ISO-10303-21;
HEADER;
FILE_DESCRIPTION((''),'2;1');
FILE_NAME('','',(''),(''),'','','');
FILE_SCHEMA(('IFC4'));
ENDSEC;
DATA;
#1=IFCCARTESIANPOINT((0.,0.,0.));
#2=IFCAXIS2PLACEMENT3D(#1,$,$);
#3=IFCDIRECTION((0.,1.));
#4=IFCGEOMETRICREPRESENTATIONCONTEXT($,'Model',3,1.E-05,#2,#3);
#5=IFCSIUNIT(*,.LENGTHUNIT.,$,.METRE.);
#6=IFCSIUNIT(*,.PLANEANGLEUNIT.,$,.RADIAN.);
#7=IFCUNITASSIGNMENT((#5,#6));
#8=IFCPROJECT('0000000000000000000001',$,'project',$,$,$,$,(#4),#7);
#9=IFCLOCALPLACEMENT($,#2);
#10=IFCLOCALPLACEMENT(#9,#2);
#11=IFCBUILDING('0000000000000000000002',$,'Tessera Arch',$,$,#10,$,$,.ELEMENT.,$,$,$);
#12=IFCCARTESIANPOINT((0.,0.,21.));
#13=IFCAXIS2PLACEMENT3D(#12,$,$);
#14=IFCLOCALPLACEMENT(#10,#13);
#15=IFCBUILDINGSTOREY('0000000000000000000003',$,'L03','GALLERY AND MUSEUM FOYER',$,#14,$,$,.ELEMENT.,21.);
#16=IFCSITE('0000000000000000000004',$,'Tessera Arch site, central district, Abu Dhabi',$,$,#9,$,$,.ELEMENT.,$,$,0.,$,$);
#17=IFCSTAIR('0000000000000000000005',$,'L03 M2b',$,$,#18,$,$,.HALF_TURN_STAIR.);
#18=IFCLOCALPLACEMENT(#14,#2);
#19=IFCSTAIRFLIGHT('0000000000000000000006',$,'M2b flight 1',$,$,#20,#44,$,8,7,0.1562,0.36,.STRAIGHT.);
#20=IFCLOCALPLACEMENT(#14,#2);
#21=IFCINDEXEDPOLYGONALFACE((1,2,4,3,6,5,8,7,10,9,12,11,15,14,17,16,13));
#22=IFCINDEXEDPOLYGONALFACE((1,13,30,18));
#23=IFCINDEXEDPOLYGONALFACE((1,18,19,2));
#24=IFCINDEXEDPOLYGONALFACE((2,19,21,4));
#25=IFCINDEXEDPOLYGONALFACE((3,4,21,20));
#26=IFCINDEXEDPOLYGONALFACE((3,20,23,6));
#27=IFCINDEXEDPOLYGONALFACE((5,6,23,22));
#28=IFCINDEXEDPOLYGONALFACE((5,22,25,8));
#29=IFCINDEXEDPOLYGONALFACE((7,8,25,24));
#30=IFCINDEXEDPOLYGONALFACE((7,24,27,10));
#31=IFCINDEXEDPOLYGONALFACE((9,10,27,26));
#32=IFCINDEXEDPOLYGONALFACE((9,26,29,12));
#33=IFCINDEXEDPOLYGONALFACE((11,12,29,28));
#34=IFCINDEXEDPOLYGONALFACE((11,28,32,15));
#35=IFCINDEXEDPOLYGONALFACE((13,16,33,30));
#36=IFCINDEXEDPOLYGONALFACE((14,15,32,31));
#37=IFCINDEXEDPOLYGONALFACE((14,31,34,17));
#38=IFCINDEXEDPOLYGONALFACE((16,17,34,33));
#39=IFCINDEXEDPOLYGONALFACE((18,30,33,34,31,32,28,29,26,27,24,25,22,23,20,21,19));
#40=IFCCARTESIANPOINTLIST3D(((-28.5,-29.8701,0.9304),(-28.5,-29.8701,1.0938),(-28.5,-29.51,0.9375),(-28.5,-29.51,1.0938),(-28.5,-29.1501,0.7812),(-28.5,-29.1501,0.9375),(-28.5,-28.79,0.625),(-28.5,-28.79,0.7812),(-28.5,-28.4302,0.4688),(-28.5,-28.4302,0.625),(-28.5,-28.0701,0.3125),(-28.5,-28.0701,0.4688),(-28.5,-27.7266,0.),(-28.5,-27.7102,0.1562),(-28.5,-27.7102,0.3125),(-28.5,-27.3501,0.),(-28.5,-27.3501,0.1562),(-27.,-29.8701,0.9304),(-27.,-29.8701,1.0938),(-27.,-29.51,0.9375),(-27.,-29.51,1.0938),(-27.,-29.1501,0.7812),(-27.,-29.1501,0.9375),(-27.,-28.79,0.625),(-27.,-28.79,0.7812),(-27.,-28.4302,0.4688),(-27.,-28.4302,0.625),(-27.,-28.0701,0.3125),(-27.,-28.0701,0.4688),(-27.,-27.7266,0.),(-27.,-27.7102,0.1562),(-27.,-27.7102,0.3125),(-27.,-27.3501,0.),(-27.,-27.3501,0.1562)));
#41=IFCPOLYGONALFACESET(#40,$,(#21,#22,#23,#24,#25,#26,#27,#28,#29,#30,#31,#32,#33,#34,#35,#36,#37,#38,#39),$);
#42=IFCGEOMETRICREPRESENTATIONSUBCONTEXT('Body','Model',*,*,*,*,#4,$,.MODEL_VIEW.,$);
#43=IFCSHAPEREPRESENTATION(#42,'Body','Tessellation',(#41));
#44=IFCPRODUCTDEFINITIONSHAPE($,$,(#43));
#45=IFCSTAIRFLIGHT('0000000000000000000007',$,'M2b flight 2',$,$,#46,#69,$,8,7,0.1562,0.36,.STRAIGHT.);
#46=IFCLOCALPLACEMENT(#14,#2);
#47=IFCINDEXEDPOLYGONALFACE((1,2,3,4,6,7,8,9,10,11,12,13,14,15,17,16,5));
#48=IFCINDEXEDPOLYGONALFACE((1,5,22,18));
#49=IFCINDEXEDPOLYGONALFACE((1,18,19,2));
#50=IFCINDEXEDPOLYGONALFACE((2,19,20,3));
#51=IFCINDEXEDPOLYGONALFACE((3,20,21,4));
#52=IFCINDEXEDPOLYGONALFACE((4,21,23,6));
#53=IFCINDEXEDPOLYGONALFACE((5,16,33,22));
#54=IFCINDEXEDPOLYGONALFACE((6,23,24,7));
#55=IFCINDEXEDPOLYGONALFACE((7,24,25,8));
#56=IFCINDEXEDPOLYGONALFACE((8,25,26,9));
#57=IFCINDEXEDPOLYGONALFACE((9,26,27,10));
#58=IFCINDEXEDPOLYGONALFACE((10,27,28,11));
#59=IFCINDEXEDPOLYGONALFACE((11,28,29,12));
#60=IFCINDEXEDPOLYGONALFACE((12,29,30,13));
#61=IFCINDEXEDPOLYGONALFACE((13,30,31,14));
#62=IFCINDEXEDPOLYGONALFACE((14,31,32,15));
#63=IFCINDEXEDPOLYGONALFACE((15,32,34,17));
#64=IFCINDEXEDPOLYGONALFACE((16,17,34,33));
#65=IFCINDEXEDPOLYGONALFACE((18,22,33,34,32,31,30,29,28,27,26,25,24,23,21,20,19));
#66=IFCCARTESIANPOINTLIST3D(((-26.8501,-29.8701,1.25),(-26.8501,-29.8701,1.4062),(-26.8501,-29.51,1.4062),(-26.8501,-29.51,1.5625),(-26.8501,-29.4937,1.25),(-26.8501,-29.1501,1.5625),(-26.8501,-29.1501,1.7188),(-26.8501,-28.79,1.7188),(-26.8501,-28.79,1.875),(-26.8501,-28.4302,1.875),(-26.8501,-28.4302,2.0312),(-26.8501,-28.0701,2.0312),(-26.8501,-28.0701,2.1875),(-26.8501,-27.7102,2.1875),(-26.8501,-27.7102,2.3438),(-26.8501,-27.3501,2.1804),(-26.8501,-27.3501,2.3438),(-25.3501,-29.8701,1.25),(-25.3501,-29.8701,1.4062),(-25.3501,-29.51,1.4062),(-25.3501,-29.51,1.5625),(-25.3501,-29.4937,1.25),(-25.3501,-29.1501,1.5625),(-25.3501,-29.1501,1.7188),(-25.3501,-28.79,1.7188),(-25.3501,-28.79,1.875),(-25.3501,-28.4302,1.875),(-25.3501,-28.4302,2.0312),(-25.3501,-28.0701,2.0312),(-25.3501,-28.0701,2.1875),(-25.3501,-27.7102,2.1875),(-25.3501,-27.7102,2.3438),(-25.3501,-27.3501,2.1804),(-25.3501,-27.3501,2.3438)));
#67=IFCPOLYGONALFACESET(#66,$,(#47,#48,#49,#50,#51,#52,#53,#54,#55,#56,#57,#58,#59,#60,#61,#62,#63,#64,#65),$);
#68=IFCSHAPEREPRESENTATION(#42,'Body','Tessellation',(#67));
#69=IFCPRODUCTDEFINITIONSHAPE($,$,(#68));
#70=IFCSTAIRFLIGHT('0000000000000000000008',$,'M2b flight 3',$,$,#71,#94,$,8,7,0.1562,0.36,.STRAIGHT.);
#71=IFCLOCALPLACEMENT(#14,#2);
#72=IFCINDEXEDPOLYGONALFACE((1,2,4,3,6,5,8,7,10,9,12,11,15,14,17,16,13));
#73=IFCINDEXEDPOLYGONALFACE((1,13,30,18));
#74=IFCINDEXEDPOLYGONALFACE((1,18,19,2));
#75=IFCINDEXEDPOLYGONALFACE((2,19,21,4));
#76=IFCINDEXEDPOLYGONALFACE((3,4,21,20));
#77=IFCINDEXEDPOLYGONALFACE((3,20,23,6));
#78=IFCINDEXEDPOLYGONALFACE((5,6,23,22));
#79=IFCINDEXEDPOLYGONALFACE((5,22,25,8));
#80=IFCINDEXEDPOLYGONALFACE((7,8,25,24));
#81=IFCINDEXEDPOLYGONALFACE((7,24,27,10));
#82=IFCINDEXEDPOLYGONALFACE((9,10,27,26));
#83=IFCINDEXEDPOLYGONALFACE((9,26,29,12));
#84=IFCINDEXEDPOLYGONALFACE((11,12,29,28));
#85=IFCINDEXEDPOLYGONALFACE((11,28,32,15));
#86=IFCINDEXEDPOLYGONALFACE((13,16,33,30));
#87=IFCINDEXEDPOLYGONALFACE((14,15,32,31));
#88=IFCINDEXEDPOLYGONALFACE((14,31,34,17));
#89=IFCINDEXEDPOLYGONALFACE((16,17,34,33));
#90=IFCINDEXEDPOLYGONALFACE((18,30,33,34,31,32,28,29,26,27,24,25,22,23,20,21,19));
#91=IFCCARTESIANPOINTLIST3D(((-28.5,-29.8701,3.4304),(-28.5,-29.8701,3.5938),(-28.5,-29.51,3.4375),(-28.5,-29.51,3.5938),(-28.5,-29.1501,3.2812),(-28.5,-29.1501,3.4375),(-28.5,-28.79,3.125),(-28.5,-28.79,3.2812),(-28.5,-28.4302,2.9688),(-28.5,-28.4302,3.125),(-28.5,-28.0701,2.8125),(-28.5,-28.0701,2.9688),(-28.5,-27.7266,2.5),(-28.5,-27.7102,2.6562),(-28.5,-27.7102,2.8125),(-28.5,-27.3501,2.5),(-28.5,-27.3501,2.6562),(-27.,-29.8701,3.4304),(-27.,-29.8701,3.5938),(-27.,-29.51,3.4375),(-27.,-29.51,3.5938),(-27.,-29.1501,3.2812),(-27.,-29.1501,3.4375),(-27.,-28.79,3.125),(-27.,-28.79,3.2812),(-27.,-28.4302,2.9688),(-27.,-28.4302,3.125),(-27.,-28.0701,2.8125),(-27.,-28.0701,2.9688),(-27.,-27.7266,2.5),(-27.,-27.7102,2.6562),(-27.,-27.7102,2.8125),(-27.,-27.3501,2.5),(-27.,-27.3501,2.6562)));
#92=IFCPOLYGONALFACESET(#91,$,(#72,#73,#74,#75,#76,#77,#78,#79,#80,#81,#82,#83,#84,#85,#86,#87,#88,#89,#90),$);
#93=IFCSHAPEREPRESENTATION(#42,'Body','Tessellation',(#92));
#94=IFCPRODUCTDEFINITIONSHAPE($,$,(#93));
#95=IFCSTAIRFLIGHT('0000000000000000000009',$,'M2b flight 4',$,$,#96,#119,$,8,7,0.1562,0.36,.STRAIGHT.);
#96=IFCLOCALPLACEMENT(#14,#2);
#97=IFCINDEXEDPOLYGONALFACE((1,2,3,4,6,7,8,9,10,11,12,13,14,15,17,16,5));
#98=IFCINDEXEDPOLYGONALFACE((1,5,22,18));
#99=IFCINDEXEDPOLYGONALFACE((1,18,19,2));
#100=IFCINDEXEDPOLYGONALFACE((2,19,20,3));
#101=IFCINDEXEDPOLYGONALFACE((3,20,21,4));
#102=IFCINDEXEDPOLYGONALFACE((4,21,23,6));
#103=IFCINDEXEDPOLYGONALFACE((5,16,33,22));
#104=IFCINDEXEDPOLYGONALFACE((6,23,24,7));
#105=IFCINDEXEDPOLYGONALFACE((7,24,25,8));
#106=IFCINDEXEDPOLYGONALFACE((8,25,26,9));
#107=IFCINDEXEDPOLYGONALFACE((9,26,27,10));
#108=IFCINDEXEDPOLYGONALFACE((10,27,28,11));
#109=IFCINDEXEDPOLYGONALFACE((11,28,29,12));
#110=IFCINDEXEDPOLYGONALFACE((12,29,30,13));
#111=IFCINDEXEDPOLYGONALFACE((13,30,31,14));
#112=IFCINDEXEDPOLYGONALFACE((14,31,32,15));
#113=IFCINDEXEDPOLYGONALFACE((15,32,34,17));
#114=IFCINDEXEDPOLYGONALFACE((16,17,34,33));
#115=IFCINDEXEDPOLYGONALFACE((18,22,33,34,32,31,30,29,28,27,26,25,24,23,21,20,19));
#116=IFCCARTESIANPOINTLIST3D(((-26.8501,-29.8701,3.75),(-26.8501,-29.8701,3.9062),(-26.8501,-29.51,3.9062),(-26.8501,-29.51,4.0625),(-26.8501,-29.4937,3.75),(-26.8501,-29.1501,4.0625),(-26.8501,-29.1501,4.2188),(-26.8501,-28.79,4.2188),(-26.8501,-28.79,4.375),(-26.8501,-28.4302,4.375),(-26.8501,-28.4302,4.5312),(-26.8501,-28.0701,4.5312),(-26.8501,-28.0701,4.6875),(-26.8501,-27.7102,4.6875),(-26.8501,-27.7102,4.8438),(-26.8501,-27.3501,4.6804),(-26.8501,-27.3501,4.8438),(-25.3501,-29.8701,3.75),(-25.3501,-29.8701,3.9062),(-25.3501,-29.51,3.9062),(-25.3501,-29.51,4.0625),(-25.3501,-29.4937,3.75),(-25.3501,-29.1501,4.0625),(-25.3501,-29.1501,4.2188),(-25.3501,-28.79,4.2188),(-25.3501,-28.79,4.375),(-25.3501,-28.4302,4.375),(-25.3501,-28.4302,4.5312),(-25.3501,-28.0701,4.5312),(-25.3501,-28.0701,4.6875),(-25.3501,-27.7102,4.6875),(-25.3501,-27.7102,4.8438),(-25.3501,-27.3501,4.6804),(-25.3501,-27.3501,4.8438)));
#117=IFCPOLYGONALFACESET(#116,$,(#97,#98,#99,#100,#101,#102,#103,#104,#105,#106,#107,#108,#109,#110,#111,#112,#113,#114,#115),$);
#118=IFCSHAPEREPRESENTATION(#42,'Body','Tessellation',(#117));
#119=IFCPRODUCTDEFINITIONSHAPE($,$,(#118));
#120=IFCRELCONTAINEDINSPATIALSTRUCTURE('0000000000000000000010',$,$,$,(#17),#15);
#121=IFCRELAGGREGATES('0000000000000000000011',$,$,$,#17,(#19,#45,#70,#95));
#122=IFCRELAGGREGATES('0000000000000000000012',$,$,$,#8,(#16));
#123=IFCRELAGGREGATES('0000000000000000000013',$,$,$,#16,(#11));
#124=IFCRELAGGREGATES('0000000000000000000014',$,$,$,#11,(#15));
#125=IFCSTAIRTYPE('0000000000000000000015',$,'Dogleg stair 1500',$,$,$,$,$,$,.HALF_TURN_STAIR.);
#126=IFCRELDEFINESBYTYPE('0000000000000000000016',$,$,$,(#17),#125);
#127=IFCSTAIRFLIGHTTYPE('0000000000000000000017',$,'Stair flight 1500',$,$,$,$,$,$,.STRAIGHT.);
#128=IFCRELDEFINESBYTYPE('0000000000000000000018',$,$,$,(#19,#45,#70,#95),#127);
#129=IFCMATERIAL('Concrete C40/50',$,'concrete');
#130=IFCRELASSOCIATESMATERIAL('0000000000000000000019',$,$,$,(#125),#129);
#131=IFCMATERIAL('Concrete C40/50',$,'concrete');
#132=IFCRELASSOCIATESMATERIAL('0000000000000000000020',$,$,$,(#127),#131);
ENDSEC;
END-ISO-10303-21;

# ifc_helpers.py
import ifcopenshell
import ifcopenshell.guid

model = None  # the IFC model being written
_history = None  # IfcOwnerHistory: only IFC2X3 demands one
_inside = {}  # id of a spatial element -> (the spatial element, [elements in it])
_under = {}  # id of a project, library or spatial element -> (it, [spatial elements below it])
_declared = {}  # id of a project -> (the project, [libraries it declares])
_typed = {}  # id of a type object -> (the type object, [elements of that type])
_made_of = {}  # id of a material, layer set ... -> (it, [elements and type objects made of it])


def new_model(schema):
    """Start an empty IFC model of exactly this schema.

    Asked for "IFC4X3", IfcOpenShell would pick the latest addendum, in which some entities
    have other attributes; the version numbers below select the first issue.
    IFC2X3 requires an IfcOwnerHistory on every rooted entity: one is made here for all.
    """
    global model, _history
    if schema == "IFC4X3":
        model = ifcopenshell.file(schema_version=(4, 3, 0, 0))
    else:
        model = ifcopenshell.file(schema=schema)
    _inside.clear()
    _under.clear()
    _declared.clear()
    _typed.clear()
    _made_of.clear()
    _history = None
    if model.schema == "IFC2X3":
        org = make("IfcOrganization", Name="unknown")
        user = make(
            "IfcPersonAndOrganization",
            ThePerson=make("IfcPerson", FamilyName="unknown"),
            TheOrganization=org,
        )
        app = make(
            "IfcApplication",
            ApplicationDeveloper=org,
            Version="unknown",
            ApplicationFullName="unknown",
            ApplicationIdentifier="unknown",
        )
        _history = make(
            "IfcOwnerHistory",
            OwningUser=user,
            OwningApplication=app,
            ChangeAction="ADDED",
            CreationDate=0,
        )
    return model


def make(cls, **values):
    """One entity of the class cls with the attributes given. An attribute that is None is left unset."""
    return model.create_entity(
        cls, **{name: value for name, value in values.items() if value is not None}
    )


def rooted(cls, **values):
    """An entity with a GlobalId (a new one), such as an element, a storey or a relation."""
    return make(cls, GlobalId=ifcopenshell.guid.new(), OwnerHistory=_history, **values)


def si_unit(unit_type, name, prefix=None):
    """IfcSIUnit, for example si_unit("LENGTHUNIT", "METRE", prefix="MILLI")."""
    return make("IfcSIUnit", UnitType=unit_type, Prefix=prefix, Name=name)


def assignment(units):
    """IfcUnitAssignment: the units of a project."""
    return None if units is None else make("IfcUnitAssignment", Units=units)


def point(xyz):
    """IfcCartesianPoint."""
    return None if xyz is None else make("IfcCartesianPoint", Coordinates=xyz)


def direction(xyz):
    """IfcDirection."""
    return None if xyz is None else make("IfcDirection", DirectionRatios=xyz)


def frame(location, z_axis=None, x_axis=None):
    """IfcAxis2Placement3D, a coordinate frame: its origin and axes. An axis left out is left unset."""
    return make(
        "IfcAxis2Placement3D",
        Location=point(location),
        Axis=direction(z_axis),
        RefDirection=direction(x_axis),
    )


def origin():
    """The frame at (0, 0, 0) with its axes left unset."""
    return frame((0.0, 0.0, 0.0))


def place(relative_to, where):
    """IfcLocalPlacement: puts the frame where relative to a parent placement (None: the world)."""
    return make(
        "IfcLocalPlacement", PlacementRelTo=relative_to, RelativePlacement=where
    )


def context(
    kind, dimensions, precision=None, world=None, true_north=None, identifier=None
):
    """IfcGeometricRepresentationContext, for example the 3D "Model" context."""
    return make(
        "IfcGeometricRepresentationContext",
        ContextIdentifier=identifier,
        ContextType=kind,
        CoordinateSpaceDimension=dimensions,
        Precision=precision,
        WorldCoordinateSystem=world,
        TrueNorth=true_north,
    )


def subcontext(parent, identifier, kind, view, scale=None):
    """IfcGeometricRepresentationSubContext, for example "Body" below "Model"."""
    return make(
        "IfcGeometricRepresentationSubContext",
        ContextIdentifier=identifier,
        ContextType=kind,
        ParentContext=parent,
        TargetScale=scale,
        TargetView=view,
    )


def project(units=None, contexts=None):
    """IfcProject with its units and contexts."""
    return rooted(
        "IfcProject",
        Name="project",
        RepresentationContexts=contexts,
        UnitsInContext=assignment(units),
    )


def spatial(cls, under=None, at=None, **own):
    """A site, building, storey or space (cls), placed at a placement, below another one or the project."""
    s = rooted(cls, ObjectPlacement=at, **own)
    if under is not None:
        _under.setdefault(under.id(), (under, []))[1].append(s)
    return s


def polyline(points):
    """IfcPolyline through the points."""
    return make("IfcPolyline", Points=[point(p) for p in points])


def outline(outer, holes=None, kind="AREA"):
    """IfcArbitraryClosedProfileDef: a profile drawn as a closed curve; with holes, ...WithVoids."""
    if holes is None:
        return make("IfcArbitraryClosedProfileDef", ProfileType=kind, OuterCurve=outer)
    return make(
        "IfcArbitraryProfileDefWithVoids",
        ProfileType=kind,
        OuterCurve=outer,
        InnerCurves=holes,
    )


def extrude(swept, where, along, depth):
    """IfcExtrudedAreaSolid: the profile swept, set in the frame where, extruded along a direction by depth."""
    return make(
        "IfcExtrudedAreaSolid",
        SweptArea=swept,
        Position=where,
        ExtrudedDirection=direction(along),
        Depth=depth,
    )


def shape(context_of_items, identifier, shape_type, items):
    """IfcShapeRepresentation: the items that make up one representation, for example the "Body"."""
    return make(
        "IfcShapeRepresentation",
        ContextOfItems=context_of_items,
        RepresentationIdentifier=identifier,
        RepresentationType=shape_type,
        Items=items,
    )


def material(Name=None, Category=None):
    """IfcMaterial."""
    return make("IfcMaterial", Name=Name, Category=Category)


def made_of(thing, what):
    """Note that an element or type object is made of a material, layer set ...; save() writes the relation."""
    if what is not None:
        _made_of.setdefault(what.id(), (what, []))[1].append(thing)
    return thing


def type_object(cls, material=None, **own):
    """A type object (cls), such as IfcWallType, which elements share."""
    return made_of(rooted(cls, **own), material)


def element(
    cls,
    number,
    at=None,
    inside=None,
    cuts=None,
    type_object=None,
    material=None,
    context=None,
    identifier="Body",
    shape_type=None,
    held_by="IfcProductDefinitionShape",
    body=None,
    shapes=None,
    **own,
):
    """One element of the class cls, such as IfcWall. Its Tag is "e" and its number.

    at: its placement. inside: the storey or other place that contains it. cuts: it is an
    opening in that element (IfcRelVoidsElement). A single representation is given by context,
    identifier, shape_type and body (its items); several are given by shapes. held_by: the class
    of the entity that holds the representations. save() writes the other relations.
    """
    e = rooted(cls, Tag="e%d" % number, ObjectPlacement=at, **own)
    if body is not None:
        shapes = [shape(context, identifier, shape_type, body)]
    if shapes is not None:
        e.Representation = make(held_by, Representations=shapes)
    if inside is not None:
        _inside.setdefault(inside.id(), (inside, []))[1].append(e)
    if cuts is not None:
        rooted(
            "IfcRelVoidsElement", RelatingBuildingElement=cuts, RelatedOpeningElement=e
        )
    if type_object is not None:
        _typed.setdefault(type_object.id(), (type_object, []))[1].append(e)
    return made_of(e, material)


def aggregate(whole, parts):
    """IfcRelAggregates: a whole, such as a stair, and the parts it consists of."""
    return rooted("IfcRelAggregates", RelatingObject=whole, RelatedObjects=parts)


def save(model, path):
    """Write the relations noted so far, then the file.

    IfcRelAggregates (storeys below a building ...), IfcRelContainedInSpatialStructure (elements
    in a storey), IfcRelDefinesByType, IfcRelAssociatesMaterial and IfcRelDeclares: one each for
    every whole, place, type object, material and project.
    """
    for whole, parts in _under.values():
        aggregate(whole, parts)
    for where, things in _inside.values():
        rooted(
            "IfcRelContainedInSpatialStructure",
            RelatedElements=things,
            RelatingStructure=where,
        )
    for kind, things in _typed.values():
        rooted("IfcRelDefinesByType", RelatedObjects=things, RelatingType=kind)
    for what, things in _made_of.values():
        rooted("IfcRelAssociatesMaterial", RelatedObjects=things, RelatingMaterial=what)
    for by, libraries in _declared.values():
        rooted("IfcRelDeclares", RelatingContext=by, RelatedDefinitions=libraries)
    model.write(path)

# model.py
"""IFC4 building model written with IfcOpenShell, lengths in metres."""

from ifc_helpers import new_model, si_unit, direction, frame, origin, place, context, subcontext, project, spatial, polyline, outline, extrude, material, type_object, element, aggregate, save


model = new_model("IFC4")

# Units and contexts
model_context = context("Model", 3, precision=1e-05, world=origin(), true_north=direction((0.0, 1.0)))
body_context = subcontext(model_context, "Body", "Model", "MODEL_VIEW")
ifc_project = project(units=[si_unit("LENGTHUNIT", "METRE"), si_unit("PLANEANGLEUNIT", "RADIAN")], contexts=[model_context])

# Site, building, storey
site_placement = place(None, origin())
site = spatial("IfcSite", under=ifc_project, at=site_placement, Name="Tessera Arch site, central district, Abu Dhabi", CompositionType="ELEMENT", RefElevation=0.0)
building_placement = place(site_placement, origin())
building = spatial("IfcBuilding", under=site, at=building_placement, Name="Tessera Arch", CompositionType="ELEMENT")
storey_placement = place(building_placement, frame((0.0, 0.0, 21.0)))
storey = spatial("IfcBuildingStorey", under=building, at=storey_placement, Name="L03", Description="GALLERY AND MUSEUM FOYER", CompositionType="ELEMENT", Elevation=21.0)

# Stair, stair flights
ifc_material_1 = material(Name="Concrete C40/50", Category="concrete")
stair_type = type_object("IfcStairType", Name="Dogleg stair 1500", PredefinedType="HALF_TURN_STAIR", material=ifc_material_1)
ifc_material_2 = material(Name="Concrete C40/50", Category="concrete")
stair_flight_type = type_object("IfcStairFlightType", Name="Stair flight 1500", PredefinedType="STRAIGHT", material=ifc_material_2)
stair_1_placement = place(storey_placement, origin())
stair_1 = element("IfcStair", 1, at=stair_1_placement, inside=storey, type_object=stair_type, Name="L03 M2b", PredefinedType="HALF_TURN_STAIR")
stair_flight_1_placement = place(storey_placement, frame((-27.75, -27.3501, 0.0), z_axis=(0.0, 0.0, 1.0), x_axis=(0.0, -1.0, 0.0)))
stair_flight_1 = element("IfcStairFlight", 2, at=stair_flight_1_placement, type_object=stair_flight_type, Name="M2b flight 1", NumberOfRisers=8, NumberOfTreads=7, PredefinedType="STRAIGHT", RiserHeight=0.1562, TreadLength=0.36, context=body_context, shape_type="SweptSolid", body=[
    extrude(outline(polyline([(0.0, 0.0), (0.0, 0.1562), (0.3601, 0.1562), (0.3601, 0.3125), (0.72, 0.3125), (0.72, 0.4688), (1.0801, 0.4688), (1.0801, 0.625), (1.4399, 0.625), (1.4399, 0.7812), (1.8, 0.7812), (1.8, 0.9375), (2.1599, 0.9375), (2.1599, 1.0938), (2.52, 1.0938), (2.52, 1.25), (2.52, 0.9304), (0.3765, 0.0), (0.0, 0.0)])), frame((0.0, 0.75, 0.0), z_axis=(0.0, -1.0, 0.0), x_axis=(1.0, 0.0, 0.0)), (0.0, 0.0, 1.0), 1.5),
])
stair_flight_2_placement = place(storey_placement, frame((-26.1001, -29.8701, 1.25), z_axis=(0.0, 0.0, 1.0), x_axis=(0.0, 1.0, 0.0)))
stair_flight_2 = element("IfcStairFlight", 3, at=stair_flight_2_placement, type_object=stair_flight_type, Name="M2b flight 2", NumberOfRisers=8, NumberOfTreads=7, PredefinedType="STRAIGHT", RiserHeight=0.1562, TreadLength=0.36, context=body_context, shape_type="SweptSolid", body=[
    extrude(outline(polyline([(0.0, 0.0), (0.0, 0.1562), (0.3601, 0.1562), (0.3601, 0.3125), (0.72, 0.3125), (0.72, 0.4688), (1.0801, 0.4688), (1.0801, 0.625), (1.4399, 0.625), (1.4399, 0.7812), (1.8, 0.7812), (1.8, 0.9375), (2.1599, 0.9375), (2.1599, 1.0938), (2.52, 1.0938), (2.52, 1.25), (2.52, 0.9304), (0.3765, 0.0), (0.0, 0.0)])), frame((0.0, 0.75, 0.0), z_axis=(0.0, -1.0, 0.0), x_axis=(1.0, 0.0, 0.0)), (0.0, 0.0, 1.0), 1.5),
])
stair_flight_3_placement = place(storey_placement, frame((-27.75, -27.3501, 2.5), z_axis=(0.0, 0.0, 1.0), x_axis=(0.0, -1.0, 0.0)))
stair_flight_3 = element("IfcStairFlight", 4, at=stair_flight_3_placement, type_object=stair_flight_type, Name="M2b flight 3", NumberOfRisers=8, NumberOfTreads=7, PredefinedType="STRAIGHT", RiserHeight=0.1562, TreadLength=0.36, context=body_context, shape_type="SweptSolid", body=[
    extrude(outline(polyline([(0.0, 0.0), (0.0, 0.1562), (0.3601, 0.1562), (0.3601, 0.3125), (0.72, 0.3125), (0.72, 0.4688), (1.0801, 0.4688), (1.0801, 0.625), (1.4399, 0.625), (1.4399, 0.7812), (1.8, 0.7812), (1.8, 0.9375), (2.1599, 0.9375), (2.1599, 1.0938), (2.52, 1.0938), (2.52, 1.25), (2.52, 0.9304), (0.3765, 0.0), (0.0, 0.0)])), frame((0.0, 0.75, 0.0), z_axis=(0.0, -1.0, 0.0), x_axis=(1.0, 0.0, 0.0)), (0.0, 0.0, 1.0), 1.5),
])
stair_flight_4_placement = place(storey_placement, frame((-26.1001, -29.8701, 3.75), z_axis=(0.0, 0.0, 1.0), x_axis=(0.0, 1.0, 0.0)))
stair_flight_4 = element("IfcStairFlight", 5, at=stair_flight_4_placement, type_object=stair_flight_type, Name="M2b flight 4", NumberOfRisers=8, NumberOfTreads=7, PredefinedType="STRAIGHT", RiserHeight=0.1562, TreadLength=0.36, context=body_context, shape_type="SweptSolid", body=[
    extrude(outline(polyline([(0.0, 0.0), (0.0, 0.1562), (0.3601, 0.1562), (0.3601, 0.3125), (0.72, 0.3125), (0.72, 0.4688), (1.0801, 0.4688), (1.0801, 0.625), (1.4399, 0.625), (1.4399, 0.7812), (1.8, 0.7812), (1.8, 0.9375), (2.1599, 0.9375), (2.1599, 1.0938), (2.52, 1.0938), (2.52, 1.25), (2.52, 0.9304), (0.3765, 0.0), (0.0, 0.0)])), frame((0.0, 0.75, 0.0), z_axis=(0.0, -1.0, 0.0), x_axis=(1.0, 0.0, 0.0)), (0.0, 0.0, 1.0), 1.5),
])
aggregate(stair_1, [stair_flight_1, stair_flight_2, stair_flight_3, stair_flight_4])

save(model, "model.ifc")
